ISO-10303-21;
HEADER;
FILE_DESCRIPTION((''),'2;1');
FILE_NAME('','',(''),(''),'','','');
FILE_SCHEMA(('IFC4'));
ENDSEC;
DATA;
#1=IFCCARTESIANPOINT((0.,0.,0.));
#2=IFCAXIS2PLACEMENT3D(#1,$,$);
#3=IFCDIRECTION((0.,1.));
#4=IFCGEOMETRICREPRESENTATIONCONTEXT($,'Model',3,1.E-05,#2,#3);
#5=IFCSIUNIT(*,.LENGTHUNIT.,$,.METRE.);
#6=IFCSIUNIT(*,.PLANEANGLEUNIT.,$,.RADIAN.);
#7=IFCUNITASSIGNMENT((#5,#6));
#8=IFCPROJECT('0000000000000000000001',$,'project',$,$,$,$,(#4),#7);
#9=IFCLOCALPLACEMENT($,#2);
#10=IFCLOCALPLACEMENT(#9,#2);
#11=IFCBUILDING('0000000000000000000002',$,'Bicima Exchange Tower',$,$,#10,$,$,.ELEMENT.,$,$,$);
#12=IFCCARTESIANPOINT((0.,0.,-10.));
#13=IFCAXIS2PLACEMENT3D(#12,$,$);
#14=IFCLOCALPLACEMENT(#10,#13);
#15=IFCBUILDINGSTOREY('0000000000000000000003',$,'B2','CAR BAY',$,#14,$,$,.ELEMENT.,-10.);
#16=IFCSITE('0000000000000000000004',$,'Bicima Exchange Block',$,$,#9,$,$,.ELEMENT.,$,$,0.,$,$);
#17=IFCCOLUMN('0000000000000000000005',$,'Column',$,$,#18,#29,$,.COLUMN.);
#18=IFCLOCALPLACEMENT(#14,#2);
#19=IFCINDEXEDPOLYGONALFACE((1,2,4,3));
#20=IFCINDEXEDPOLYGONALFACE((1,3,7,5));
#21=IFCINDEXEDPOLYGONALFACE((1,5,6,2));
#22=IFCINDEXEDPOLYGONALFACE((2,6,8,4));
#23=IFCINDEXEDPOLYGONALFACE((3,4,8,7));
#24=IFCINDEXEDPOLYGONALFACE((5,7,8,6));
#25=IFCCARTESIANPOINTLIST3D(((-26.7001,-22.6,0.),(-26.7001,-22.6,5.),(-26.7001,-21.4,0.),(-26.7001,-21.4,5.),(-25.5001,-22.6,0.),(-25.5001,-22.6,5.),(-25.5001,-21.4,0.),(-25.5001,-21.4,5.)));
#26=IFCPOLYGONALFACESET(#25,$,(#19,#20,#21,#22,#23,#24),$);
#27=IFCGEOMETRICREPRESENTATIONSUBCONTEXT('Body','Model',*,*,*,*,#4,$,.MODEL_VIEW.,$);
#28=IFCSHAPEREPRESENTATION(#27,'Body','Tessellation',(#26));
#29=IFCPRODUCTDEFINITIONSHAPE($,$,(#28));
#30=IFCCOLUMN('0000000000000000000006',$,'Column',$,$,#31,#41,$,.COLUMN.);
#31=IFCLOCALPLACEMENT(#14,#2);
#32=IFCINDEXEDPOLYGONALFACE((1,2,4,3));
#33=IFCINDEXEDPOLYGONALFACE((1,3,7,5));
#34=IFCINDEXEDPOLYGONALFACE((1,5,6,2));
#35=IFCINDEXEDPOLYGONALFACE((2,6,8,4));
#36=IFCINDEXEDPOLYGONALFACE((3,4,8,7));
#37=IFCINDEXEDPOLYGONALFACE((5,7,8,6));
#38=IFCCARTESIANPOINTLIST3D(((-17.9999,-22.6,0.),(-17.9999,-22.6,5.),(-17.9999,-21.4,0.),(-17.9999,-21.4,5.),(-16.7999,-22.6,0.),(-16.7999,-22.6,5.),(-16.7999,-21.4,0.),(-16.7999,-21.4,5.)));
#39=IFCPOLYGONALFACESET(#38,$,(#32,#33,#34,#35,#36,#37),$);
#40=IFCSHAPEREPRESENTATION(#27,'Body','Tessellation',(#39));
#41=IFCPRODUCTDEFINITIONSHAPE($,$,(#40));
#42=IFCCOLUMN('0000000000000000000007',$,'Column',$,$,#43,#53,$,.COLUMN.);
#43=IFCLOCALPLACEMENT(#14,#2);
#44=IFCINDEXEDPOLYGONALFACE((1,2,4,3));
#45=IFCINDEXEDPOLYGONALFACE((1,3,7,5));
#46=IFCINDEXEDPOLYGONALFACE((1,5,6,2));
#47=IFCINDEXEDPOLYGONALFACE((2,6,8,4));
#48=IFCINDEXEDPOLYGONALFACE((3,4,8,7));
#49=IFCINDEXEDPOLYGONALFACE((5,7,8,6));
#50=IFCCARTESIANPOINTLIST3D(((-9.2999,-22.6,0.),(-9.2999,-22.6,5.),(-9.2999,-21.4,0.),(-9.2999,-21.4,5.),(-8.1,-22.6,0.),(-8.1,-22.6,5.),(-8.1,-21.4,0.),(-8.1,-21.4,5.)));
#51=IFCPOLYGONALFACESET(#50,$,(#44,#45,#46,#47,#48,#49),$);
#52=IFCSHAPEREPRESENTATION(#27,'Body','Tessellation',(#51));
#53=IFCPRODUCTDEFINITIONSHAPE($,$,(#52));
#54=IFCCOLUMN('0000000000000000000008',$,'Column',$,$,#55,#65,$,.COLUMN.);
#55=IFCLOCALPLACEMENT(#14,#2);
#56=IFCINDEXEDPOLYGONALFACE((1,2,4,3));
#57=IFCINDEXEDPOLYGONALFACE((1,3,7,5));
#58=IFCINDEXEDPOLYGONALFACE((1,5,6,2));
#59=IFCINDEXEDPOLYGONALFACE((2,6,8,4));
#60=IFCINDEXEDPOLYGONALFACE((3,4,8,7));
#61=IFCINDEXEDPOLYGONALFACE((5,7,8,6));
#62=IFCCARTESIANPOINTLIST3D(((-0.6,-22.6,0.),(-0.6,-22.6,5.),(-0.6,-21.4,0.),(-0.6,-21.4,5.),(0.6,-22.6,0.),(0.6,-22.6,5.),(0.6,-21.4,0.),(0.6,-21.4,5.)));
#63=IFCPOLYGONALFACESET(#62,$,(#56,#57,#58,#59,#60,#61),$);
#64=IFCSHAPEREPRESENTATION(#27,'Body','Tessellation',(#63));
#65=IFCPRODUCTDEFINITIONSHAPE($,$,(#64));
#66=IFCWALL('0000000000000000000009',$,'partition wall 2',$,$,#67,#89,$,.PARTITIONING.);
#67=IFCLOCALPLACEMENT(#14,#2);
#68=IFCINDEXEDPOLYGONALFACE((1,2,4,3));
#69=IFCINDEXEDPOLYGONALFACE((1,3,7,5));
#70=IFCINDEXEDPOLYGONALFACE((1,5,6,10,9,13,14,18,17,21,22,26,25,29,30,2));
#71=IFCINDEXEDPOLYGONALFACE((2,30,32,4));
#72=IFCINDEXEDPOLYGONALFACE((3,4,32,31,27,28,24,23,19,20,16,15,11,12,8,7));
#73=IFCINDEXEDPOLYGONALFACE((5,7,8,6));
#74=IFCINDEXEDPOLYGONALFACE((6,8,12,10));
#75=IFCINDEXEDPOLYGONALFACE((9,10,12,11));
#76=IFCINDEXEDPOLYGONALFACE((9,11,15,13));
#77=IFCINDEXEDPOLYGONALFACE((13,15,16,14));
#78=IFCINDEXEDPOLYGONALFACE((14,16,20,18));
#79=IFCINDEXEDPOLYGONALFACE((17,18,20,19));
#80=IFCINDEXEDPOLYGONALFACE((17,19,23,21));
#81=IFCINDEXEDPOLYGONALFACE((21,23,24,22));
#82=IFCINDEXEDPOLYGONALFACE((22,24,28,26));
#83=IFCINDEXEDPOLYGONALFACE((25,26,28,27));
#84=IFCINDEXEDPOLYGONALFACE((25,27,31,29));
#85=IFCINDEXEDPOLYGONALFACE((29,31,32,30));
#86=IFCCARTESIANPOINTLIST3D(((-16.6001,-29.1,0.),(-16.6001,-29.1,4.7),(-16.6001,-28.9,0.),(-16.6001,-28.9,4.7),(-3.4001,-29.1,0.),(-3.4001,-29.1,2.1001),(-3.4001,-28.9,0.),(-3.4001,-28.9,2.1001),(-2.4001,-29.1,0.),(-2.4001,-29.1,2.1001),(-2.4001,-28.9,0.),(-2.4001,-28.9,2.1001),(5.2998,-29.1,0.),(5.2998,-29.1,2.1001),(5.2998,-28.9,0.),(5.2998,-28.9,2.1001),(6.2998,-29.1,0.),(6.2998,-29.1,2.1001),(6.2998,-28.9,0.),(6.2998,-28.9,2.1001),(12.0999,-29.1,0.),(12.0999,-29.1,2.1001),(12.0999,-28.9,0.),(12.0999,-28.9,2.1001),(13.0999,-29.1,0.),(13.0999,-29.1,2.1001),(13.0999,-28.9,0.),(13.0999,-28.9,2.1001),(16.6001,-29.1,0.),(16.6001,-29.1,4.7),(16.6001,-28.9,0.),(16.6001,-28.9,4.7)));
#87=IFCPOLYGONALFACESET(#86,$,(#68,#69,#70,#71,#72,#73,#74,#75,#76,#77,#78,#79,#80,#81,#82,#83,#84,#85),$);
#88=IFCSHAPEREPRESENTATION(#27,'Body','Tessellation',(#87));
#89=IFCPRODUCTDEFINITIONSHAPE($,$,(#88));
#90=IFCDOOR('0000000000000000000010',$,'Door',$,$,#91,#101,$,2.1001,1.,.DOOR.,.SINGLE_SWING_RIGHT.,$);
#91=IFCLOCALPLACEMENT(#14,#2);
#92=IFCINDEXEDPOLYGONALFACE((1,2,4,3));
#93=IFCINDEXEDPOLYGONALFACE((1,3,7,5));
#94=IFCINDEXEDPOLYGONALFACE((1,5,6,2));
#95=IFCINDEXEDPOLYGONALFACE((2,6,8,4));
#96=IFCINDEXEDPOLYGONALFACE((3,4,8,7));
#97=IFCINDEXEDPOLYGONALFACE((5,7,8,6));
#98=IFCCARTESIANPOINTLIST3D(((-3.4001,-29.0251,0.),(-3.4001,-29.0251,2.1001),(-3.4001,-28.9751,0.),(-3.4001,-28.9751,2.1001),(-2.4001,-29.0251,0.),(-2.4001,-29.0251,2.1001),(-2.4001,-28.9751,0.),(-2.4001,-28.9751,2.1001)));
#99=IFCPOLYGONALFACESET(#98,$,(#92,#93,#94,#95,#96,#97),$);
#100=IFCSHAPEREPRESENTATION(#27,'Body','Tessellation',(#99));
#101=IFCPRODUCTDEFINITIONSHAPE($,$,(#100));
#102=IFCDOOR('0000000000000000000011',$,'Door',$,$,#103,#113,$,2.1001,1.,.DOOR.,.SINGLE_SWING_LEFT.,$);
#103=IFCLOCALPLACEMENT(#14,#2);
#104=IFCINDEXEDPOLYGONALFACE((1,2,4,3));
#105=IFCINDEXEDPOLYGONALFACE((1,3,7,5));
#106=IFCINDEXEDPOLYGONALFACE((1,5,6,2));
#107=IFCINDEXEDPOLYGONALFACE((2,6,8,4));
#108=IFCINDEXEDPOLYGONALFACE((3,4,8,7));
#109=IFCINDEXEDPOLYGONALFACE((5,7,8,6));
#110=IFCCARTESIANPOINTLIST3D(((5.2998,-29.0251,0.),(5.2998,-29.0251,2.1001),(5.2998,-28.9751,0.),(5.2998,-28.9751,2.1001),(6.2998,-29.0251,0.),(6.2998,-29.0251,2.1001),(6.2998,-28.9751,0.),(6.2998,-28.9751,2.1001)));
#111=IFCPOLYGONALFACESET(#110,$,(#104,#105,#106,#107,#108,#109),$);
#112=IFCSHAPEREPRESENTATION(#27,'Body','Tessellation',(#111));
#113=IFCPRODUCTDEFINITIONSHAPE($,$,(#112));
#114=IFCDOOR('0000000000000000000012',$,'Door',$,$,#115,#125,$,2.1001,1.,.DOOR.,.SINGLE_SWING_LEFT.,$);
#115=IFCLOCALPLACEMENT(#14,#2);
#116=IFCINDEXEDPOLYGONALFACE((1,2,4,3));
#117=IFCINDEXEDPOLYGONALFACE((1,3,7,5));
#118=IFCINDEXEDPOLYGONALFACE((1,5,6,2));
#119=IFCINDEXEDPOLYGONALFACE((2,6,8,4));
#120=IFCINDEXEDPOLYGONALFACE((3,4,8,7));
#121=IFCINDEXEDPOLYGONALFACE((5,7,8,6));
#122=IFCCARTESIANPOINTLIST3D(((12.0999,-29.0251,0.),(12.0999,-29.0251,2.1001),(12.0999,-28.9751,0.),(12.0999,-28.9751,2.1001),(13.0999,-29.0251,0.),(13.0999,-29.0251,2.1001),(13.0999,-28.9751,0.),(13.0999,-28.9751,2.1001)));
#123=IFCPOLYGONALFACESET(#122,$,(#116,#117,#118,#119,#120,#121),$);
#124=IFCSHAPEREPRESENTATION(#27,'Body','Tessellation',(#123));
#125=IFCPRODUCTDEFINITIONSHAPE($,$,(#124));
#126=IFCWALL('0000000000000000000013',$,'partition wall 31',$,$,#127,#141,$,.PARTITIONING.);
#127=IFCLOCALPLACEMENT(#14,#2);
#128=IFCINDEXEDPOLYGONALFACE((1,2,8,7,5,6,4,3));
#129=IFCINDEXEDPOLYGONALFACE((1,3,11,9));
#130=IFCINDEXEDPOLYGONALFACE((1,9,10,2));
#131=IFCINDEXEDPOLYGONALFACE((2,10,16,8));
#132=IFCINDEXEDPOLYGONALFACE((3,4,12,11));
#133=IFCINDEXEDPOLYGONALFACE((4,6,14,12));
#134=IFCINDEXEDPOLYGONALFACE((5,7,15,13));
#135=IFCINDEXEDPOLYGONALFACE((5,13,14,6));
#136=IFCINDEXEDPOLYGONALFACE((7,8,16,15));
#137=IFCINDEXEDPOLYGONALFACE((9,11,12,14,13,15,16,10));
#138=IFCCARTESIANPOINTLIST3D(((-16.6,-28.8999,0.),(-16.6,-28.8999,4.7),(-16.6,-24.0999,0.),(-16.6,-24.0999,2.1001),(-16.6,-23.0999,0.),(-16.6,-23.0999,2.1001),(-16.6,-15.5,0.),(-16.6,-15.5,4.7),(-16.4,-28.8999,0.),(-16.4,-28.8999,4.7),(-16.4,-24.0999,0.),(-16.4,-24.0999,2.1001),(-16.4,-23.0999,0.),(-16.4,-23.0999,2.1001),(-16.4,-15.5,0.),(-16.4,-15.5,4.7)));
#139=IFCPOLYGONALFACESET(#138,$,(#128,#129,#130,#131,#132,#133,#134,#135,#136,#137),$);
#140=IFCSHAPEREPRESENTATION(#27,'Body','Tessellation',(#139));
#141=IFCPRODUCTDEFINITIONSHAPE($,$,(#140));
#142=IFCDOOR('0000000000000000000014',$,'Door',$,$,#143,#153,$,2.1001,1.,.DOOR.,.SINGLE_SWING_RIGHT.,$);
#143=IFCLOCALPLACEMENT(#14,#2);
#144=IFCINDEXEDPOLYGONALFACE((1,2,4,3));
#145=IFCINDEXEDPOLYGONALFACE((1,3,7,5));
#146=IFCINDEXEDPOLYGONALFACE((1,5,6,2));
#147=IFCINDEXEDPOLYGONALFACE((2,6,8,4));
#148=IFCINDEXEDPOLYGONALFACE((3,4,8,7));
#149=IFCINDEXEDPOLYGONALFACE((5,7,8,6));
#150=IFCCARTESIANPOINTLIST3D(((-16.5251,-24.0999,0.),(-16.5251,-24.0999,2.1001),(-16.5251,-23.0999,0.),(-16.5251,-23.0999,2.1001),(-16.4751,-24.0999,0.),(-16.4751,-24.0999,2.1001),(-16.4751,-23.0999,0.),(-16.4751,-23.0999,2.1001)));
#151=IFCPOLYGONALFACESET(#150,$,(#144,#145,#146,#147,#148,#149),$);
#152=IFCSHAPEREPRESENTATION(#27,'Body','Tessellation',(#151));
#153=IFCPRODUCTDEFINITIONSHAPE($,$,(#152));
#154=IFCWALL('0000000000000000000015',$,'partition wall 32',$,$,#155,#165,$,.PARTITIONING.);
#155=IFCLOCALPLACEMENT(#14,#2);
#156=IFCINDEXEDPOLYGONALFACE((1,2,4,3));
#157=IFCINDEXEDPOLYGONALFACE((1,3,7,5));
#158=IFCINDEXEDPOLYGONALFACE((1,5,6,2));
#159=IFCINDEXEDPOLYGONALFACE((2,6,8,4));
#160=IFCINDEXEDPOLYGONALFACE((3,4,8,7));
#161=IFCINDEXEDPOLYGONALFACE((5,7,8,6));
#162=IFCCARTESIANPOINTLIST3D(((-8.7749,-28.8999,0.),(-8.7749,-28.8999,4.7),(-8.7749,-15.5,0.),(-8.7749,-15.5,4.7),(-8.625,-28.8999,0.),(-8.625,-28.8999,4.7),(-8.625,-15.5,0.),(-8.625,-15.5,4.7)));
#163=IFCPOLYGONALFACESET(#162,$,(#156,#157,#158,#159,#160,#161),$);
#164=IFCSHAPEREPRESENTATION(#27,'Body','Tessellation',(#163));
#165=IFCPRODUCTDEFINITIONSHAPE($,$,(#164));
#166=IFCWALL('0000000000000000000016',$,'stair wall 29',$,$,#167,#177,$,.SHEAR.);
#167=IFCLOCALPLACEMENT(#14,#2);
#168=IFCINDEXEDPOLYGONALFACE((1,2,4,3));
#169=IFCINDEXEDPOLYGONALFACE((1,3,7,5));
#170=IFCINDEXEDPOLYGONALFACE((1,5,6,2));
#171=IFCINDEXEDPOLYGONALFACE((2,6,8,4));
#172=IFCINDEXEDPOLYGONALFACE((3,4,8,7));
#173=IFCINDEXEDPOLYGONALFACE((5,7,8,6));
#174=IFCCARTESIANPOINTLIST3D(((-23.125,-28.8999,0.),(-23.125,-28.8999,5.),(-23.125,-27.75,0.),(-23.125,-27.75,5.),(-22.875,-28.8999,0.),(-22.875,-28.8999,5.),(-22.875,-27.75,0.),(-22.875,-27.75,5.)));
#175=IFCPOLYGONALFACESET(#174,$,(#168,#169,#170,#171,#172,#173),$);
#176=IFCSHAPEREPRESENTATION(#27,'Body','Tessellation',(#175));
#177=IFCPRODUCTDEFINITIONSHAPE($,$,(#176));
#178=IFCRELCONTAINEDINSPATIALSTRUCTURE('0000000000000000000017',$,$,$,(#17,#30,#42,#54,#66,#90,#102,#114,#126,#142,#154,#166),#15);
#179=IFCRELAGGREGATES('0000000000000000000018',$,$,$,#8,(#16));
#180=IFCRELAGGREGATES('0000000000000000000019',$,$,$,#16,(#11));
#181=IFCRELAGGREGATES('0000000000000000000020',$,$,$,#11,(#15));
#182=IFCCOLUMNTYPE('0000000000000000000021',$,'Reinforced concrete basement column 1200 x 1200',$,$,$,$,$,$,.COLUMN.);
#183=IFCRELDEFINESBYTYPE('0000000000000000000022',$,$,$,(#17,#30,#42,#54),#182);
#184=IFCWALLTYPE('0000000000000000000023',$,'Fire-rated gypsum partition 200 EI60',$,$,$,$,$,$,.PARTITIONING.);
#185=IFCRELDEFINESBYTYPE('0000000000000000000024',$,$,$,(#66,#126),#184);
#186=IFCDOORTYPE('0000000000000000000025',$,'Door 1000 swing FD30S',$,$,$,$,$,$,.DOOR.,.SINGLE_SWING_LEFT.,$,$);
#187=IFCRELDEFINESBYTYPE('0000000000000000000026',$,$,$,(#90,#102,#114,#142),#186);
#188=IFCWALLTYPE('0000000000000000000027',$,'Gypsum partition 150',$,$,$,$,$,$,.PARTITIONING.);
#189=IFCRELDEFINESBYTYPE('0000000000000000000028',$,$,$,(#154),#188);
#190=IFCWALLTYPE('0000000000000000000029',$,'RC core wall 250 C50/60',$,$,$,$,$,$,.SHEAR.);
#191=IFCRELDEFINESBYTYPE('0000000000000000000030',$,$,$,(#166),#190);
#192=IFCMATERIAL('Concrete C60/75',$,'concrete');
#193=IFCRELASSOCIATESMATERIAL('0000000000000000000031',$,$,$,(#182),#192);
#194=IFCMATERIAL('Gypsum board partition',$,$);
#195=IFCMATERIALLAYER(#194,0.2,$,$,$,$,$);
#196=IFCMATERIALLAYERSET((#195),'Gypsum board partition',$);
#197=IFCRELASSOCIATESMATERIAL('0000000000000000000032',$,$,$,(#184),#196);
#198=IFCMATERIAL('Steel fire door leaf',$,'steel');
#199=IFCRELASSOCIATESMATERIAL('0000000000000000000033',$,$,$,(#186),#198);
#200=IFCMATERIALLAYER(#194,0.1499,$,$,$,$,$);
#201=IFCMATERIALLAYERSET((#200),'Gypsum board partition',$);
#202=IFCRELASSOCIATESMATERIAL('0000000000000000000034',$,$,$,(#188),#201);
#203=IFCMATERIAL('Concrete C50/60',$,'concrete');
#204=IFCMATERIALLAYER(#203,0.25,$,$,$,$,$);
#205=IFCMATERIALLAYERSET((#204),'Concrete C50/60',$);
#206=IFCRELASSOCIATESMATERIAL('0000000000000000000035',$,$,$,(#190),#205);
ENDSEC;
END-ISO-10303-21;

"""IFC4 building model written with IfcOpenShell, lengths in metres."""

from ifc_helpers import new_model, si_unit, direction, frame, frame_2d, origin, origin_2d, place, context, subcontext, project, spatial, rectangle, extrude, material, layer, layer_set, material_profile, profile_set, type_object, element, fill, save


model = new_model("IFC4")

# Units and contexts
model_context = context("Model", 3, precision=1e-05, world=origin(), true_north=direction((0.0, 1.0)))
body_context = subcontext(model_context, "Body", "Model", "MODEL_VIEW")
ifc_project = project(units=[si_unit("LENGTHUNIT", "METRE"), si_unit("PLANEANGLEUNIT", "RADIAN")], contexts=[model_context])

# Site, building, storey
site_placement = place(None, origin())
site = spatial("IfcSite", under=ifc_project, at=site_placement, Name="Bicima Exchange Block", CompositionType="ELEMENT", RefElevation=0.0)
building_placement = place(site_placement, origin())
building = spatial("IfcBuilding", under=site, at=building_placement, Name="Bicima Exchange Tower", CompositionType="ELEMENT")
storey_placement = place(building_placement, frame((0.0, 0.0, -10.0)))
storey = spatial("IfcBuildingStorey", under=building, at=storey_placement, Name="B2", Description="CAR BAY", CompositionType="ELEMENT", Elevation=-10.0)

# Columns
ifc_material_1 = material(Name="Concrete C60/75", Category="concrete")
ifc_material_profile = material_profile(ifc_material_1, rectangle(XDim=1.2, YDim=1.2, at=origin_2d()))
ifc_profile_set = profile_set([ifc_material_profile], Name="Concrete C60/75")
column_type = type_object("IfcColumnType", Name="Reinforced concrete basement column 1200 x 1200", PredefinedType="COLUMN", material=ifc_profile_set)
for number, where, z_axis, x_axis, name in (
    (1, (-26.1001, -22.0, 0.0), (0.0, 0.0, 1.0), (1.0, 0.0, 0.0), "Column"),
    (2, (-17.3999, -22.0, 0.0), (0.0, 0.0, 1.0), (1.0, 0.0, 0.0), "Column"),
    (3, (-8.7, -22.0, 0.0), (0.0, 0.0, 1.0), (1.0, 0.0, 0.0), "Column"),
    (4, (0.0, -22.0, 0.0), (0.0, 0.0, 1.0), (1.0, 0.0, 0.0), "Column"),
):
    element("IfcColumn", number, at=place(storey_placement, frame(where, z_axis=z_axis, x_axis=x_axis)), inside=storey, type_object=column_type, Name=name, PredefinedType="COLUMN", context=body_context, shape_type="SweptSolid", body=[
        extrude(rectangle(XDim=1.2, YDim=1.2, at=origin_2d()), origin(), (0.0, 0.0, 1.0), 5.0),
    ])

# Wall, openings, doors
ifc_material_2 = material(Name="Gypsum board partition")
ifc_layer_1 = layer(ifc_material_2, 0.2)
ifc_layer_set_1 = layer_set([ifc_layer_1], Name="Gypsum board partition")
wall_type_1 = type_object("IfcWallType", Name="Fire-rated gypsum partition 200 EI60", PredefinedType="PARTITIONING", material=ifc_layer_set_1)
wall_1_placement = place(storey_placement, frame((-16.6001, -29.0, 0.0), z_axis=(0.0, 0.0, 1.0), x_axis=(1.0, 0.0, 0.0)))
wall_1 = element("IfcWall", 5, at=wall_1_placement, inside=storey, type_object=wall_type_1, Name="partition wall 2", PredefinedType="PARTITIONING", context=body_context, shape_type="SweptSolid", body=[
    extrude(rectangle(XDim=33.2002, YDim=0.2, at=frame_2d((16.6001, 0.0))), origin(), (0.0, 0.0, 1.0), 4.7),
])
opening_1_placement = place(wall_1_placement, frame((13.2, 0.0, 0.0)))
opening_1 = element("IfcOpeningElement", 6, at=opening_1_placement, cuts=wall_1, PredefinedType="OPENING", context=body_context, shape_type="SweptSolid", body=[
    extrude(rectangle(XDim=1.0, YDim=2.1001, at=frame_2d((0.5, 1.05))), frame((0.0, 0.1118, 0.0), z_axis=(0.0, -1.0, 0.0), x_axis=(1.0, 0.0, 0.0)), (0.0, 0.0, 1.0), 0.2239),
])
opening_2_placement = place(wall_1_placement, frame((21.8999, 0.0, 0.0)))
opening_2 = element("IfcOpeningElement", 7, at=opening_2_placement, cuts=wall_1, PredefinedType="OPENING", context=body_context, shape_type="SweptSolid", body=[
    extrude(rectangle(XDim=1.0, YDim=2.1001, at=frame_2d((0.5, 1.05))), frame((0.0, 0.1118, 0.0), z_axis=(0.0, -1.0, 0.0), x_axis=(1.0, 0.0, 0.0)), (0.0, 0.0, 1.0), 0.2239),
])
opening_3_placement = place(wall_1_placement, frame((28.7, 0.0, 0.0)))
opening_3 = element("IfcOpeningElement", 8, at=opening_3_placement, cuts=wall_1, PredefinedType="OPENING", context=body_context, shape_type="SweptSolid", body=[
    extrude(rectangle(XDim=1.0, YDim=2.1001, at=frame_2d((0.5, 1.05))), frame((0.0, 0.1118, 0.0), z_axis=(0.0, -1.0, 0.0), x_axis=(1.0, 0.0, 0.0)), (0.0, 0.0, 1.0), 0.2239),
])
ifc_material_3 = material(Name="Steel fire door leaf", Category="steel")
door_type_1 = type_object("IfcDoorType", Name="Door 1000 swing FD30S", OperationType="SINGLE_SWING_LEFT", PredefinedType="DOOR", material=ifc_material_3)
door_1_placement = place(opening_1_placement, origin())
door_1 = element("IfcDoor", 9, at=door_1_placement, inside=storey, type_object=door_type_1, Name="Door", OperationType="SINGLE_SWING_RIGHT", OverallHeight=2.1001, OverallWidth=1.0, PredefinedType="DOOR", context=body_context, shape_type="SweptSolid", body=[
    extrude(rectangle(XDim=1.0, YDim=2.1001, at=frame_2d((0.5, 1.05))), frame((0.0, 0.0249, 0.0), z_axis=(0.0, -1.0, 0.0), x_axis=(1.0, 0.0, 0.0)), (0.0, 0.0, 1.0), 0.05),
])
fill(opening_1, door_1)
door_2_placement = place(opening_2_placement, origin())
door_2 = element("IfcDoor", 10, at=door_2_placement, inside=storey, type_object=door_type_1, Name="Door", OperationType="SINGLE_SWING_LEFT", OverallHeight=2.1001, OverallWidth=1.0, PredefinedType="DOOR", context=body_context, shape_type="SweptSolid", body=[
    extrude(rectangle(XDim=1.0, YDim=2.1001, at=frame_2d((0.5, 1.05))), frame((0.0, 0.0249, 0.0), z_axis=(0.0, -1.0, 0.0), x_axis=(1.0, 0.0, 0.0)), (0.0, 0.0, 1.0), 0.05),
])
fill(opening_2, door_2)
door_3_placement = place(opening_3_placement, origin())
door_3 = element("IfcDoor", 11, at=door_3_placement, inside=storey, type_object=door_type_1, Name="Door", OperationType="SINGLE_SWING_LEFT", OverallHeight=2.1001, OverallWidth=1.0, PredefinedType="DOOR", context=body_context, shape_type="SweptSolid", body=[
    extrude(rectangle(XDim=1.0, YDim=2.1001, at=frame_2d((0.5, 1.05))), frame((0.0, 0.0249, 0.0), z_axis=(0.0, -1.0, 0.0), x_axis=(1.0, 0.0, 0.0)), (0.0, 0.0, 1.0), 0.05),
])
fill(opening_3, door_3)

# Wall, opening, door
wall_2_placement = place(storey_placement, frame((-16.5, -28.8999, 0.0), z_axis=(0.0, 0.0, 1.0), x_axis=(0.0, 1.0, 0.0)))
wall_2 = element("IfcWall", 12, at=wall_2_placement, inside=storey, type_object=wall_type_1, Name="partition wall 31", PredefinedType="PARTITIONING", context=body_context, shape_type="SweptSolid", body=[
    extrude(rectangle(XDim=13.3999, YDim=0.2, at=frame_2d((6.7, 0.0))), origin(), (0.0, 0.0, 1.0), 4.7),
])
opening_4_placement = place(wall_2_placement, frame((4.8, 0.0, 0.0)))
opening_4 = element("IfcOpeningElement", 13, at=opening_4_placement, cuts=wall_2, PredefinedType="OPENING", context=body_context, shape_type="SweptSolid", body=[
    extrude(rectangle(XDim=1.0, YDim=2.1001, at=frame_2d((0.5, 1.05))), frame((0.0, 0.1118, 0.0), z_axis=(0.0, -1.0, 0.0), x_axis=(1.0, 0.0, 0.0)), (0.0, 0.0, 1.0), 0.2239),
])
door_4_placement = place(opening_4_placement, frame((1.0, 0.0, 0.0), z_axis=(0.0, 0.0, 1.0), x_axis=(-1.0, 0.0, 0.0)))
door_4 = element("IfcDoor", 14, at=door_4_placement, inside=storey, type_object=door_type_1, Name="Door", OperationType="SINGLE_SWING_RIGHT", OverallHeight=2.1001, OverallWidth=1.0, PredefinedType="DOOR", context=body_context, shape_type="SweptSolid", body=[
    extrude(rectangle(XDim=1.0, YDim=2.1001, at=frame_2d((0.5, 1.05))), frame((0.0, 0.0249, 0.0), z_axis=(0.0, -1.0, 0.0), x_axis=(1.0, 0.0, 0.0)), (0.0, 0.0, 1.0), 0.05),
])
fill(opening_4, door_4)

# Walls
ifc_layer_2 = layer(ifc_material_2, 0.1499)
ifc_layer_set_2 = layer_set([ifc_layer_2], Name="Gypsum board partition")
wall_type_2 = type_object("IfcWallType", Name="Gypsum partition 150", PredefinedType="PARTITIONING", material=ifc_layer_set_2)
wall_3_placement = place(storey_placement, frame((-8.7, -28.8999, 0.0), z_axis=(0.0, 0.0, 1.0), x_axis=(0.0, 1.0, 0.0)))
element("IfcWall", 15, at=wall_3_placement, inside=storey, type_object=wall_type_2, Name="partition wall 32", PredefinedType="PARTITIONING", context=body_context, shape_type="SweptSolid", body=[
    extrude(rectangle(XDim=13.3999, YDim=0.1499, at=frame_2d((6.7, 0.0))), origin(), (0.0, 0.0, 1.0), 4.7),
])
ifc_material_4 = material(Name="Concrete C50/60", Category="concrete")
ifc_layer_3 = layer(ifc_material_4, 0.25)
ifc_layer_set_3 = layer_set([ifc_layer_3], Name="Concrete C50/60")
wall_type_3 = type_object("IfcWallType", Name="RC core wall 250 C50/60", PredefinedType="SHEAR", material=ifc_layer_set_3)
for number, where, z_axis, x_axis, name in (
    (16, (-23.0, -28.8999, 0.0), (0.0, 0.0, 1.0), (0.0, 1.0, 0.0), "stair wall 29"),
):
    element("IfcWall", number, at=place(storey_placement, frame(where, z_axis=z_axis, x_axis=x_axis)), inside=storey, type_object=wall_type_3, Name=name, PredefinedType="SHEAR", context=body_context, shape_type="SweptSolid", body=[
        extrude(rectangle(XDim=1.1499, YDim=0.25, at=frame_2d((0.575, 0.0))), origin(), (0.0, 0.0, 1.0), 5.0),
    ])

save(model, "model.ifc")
